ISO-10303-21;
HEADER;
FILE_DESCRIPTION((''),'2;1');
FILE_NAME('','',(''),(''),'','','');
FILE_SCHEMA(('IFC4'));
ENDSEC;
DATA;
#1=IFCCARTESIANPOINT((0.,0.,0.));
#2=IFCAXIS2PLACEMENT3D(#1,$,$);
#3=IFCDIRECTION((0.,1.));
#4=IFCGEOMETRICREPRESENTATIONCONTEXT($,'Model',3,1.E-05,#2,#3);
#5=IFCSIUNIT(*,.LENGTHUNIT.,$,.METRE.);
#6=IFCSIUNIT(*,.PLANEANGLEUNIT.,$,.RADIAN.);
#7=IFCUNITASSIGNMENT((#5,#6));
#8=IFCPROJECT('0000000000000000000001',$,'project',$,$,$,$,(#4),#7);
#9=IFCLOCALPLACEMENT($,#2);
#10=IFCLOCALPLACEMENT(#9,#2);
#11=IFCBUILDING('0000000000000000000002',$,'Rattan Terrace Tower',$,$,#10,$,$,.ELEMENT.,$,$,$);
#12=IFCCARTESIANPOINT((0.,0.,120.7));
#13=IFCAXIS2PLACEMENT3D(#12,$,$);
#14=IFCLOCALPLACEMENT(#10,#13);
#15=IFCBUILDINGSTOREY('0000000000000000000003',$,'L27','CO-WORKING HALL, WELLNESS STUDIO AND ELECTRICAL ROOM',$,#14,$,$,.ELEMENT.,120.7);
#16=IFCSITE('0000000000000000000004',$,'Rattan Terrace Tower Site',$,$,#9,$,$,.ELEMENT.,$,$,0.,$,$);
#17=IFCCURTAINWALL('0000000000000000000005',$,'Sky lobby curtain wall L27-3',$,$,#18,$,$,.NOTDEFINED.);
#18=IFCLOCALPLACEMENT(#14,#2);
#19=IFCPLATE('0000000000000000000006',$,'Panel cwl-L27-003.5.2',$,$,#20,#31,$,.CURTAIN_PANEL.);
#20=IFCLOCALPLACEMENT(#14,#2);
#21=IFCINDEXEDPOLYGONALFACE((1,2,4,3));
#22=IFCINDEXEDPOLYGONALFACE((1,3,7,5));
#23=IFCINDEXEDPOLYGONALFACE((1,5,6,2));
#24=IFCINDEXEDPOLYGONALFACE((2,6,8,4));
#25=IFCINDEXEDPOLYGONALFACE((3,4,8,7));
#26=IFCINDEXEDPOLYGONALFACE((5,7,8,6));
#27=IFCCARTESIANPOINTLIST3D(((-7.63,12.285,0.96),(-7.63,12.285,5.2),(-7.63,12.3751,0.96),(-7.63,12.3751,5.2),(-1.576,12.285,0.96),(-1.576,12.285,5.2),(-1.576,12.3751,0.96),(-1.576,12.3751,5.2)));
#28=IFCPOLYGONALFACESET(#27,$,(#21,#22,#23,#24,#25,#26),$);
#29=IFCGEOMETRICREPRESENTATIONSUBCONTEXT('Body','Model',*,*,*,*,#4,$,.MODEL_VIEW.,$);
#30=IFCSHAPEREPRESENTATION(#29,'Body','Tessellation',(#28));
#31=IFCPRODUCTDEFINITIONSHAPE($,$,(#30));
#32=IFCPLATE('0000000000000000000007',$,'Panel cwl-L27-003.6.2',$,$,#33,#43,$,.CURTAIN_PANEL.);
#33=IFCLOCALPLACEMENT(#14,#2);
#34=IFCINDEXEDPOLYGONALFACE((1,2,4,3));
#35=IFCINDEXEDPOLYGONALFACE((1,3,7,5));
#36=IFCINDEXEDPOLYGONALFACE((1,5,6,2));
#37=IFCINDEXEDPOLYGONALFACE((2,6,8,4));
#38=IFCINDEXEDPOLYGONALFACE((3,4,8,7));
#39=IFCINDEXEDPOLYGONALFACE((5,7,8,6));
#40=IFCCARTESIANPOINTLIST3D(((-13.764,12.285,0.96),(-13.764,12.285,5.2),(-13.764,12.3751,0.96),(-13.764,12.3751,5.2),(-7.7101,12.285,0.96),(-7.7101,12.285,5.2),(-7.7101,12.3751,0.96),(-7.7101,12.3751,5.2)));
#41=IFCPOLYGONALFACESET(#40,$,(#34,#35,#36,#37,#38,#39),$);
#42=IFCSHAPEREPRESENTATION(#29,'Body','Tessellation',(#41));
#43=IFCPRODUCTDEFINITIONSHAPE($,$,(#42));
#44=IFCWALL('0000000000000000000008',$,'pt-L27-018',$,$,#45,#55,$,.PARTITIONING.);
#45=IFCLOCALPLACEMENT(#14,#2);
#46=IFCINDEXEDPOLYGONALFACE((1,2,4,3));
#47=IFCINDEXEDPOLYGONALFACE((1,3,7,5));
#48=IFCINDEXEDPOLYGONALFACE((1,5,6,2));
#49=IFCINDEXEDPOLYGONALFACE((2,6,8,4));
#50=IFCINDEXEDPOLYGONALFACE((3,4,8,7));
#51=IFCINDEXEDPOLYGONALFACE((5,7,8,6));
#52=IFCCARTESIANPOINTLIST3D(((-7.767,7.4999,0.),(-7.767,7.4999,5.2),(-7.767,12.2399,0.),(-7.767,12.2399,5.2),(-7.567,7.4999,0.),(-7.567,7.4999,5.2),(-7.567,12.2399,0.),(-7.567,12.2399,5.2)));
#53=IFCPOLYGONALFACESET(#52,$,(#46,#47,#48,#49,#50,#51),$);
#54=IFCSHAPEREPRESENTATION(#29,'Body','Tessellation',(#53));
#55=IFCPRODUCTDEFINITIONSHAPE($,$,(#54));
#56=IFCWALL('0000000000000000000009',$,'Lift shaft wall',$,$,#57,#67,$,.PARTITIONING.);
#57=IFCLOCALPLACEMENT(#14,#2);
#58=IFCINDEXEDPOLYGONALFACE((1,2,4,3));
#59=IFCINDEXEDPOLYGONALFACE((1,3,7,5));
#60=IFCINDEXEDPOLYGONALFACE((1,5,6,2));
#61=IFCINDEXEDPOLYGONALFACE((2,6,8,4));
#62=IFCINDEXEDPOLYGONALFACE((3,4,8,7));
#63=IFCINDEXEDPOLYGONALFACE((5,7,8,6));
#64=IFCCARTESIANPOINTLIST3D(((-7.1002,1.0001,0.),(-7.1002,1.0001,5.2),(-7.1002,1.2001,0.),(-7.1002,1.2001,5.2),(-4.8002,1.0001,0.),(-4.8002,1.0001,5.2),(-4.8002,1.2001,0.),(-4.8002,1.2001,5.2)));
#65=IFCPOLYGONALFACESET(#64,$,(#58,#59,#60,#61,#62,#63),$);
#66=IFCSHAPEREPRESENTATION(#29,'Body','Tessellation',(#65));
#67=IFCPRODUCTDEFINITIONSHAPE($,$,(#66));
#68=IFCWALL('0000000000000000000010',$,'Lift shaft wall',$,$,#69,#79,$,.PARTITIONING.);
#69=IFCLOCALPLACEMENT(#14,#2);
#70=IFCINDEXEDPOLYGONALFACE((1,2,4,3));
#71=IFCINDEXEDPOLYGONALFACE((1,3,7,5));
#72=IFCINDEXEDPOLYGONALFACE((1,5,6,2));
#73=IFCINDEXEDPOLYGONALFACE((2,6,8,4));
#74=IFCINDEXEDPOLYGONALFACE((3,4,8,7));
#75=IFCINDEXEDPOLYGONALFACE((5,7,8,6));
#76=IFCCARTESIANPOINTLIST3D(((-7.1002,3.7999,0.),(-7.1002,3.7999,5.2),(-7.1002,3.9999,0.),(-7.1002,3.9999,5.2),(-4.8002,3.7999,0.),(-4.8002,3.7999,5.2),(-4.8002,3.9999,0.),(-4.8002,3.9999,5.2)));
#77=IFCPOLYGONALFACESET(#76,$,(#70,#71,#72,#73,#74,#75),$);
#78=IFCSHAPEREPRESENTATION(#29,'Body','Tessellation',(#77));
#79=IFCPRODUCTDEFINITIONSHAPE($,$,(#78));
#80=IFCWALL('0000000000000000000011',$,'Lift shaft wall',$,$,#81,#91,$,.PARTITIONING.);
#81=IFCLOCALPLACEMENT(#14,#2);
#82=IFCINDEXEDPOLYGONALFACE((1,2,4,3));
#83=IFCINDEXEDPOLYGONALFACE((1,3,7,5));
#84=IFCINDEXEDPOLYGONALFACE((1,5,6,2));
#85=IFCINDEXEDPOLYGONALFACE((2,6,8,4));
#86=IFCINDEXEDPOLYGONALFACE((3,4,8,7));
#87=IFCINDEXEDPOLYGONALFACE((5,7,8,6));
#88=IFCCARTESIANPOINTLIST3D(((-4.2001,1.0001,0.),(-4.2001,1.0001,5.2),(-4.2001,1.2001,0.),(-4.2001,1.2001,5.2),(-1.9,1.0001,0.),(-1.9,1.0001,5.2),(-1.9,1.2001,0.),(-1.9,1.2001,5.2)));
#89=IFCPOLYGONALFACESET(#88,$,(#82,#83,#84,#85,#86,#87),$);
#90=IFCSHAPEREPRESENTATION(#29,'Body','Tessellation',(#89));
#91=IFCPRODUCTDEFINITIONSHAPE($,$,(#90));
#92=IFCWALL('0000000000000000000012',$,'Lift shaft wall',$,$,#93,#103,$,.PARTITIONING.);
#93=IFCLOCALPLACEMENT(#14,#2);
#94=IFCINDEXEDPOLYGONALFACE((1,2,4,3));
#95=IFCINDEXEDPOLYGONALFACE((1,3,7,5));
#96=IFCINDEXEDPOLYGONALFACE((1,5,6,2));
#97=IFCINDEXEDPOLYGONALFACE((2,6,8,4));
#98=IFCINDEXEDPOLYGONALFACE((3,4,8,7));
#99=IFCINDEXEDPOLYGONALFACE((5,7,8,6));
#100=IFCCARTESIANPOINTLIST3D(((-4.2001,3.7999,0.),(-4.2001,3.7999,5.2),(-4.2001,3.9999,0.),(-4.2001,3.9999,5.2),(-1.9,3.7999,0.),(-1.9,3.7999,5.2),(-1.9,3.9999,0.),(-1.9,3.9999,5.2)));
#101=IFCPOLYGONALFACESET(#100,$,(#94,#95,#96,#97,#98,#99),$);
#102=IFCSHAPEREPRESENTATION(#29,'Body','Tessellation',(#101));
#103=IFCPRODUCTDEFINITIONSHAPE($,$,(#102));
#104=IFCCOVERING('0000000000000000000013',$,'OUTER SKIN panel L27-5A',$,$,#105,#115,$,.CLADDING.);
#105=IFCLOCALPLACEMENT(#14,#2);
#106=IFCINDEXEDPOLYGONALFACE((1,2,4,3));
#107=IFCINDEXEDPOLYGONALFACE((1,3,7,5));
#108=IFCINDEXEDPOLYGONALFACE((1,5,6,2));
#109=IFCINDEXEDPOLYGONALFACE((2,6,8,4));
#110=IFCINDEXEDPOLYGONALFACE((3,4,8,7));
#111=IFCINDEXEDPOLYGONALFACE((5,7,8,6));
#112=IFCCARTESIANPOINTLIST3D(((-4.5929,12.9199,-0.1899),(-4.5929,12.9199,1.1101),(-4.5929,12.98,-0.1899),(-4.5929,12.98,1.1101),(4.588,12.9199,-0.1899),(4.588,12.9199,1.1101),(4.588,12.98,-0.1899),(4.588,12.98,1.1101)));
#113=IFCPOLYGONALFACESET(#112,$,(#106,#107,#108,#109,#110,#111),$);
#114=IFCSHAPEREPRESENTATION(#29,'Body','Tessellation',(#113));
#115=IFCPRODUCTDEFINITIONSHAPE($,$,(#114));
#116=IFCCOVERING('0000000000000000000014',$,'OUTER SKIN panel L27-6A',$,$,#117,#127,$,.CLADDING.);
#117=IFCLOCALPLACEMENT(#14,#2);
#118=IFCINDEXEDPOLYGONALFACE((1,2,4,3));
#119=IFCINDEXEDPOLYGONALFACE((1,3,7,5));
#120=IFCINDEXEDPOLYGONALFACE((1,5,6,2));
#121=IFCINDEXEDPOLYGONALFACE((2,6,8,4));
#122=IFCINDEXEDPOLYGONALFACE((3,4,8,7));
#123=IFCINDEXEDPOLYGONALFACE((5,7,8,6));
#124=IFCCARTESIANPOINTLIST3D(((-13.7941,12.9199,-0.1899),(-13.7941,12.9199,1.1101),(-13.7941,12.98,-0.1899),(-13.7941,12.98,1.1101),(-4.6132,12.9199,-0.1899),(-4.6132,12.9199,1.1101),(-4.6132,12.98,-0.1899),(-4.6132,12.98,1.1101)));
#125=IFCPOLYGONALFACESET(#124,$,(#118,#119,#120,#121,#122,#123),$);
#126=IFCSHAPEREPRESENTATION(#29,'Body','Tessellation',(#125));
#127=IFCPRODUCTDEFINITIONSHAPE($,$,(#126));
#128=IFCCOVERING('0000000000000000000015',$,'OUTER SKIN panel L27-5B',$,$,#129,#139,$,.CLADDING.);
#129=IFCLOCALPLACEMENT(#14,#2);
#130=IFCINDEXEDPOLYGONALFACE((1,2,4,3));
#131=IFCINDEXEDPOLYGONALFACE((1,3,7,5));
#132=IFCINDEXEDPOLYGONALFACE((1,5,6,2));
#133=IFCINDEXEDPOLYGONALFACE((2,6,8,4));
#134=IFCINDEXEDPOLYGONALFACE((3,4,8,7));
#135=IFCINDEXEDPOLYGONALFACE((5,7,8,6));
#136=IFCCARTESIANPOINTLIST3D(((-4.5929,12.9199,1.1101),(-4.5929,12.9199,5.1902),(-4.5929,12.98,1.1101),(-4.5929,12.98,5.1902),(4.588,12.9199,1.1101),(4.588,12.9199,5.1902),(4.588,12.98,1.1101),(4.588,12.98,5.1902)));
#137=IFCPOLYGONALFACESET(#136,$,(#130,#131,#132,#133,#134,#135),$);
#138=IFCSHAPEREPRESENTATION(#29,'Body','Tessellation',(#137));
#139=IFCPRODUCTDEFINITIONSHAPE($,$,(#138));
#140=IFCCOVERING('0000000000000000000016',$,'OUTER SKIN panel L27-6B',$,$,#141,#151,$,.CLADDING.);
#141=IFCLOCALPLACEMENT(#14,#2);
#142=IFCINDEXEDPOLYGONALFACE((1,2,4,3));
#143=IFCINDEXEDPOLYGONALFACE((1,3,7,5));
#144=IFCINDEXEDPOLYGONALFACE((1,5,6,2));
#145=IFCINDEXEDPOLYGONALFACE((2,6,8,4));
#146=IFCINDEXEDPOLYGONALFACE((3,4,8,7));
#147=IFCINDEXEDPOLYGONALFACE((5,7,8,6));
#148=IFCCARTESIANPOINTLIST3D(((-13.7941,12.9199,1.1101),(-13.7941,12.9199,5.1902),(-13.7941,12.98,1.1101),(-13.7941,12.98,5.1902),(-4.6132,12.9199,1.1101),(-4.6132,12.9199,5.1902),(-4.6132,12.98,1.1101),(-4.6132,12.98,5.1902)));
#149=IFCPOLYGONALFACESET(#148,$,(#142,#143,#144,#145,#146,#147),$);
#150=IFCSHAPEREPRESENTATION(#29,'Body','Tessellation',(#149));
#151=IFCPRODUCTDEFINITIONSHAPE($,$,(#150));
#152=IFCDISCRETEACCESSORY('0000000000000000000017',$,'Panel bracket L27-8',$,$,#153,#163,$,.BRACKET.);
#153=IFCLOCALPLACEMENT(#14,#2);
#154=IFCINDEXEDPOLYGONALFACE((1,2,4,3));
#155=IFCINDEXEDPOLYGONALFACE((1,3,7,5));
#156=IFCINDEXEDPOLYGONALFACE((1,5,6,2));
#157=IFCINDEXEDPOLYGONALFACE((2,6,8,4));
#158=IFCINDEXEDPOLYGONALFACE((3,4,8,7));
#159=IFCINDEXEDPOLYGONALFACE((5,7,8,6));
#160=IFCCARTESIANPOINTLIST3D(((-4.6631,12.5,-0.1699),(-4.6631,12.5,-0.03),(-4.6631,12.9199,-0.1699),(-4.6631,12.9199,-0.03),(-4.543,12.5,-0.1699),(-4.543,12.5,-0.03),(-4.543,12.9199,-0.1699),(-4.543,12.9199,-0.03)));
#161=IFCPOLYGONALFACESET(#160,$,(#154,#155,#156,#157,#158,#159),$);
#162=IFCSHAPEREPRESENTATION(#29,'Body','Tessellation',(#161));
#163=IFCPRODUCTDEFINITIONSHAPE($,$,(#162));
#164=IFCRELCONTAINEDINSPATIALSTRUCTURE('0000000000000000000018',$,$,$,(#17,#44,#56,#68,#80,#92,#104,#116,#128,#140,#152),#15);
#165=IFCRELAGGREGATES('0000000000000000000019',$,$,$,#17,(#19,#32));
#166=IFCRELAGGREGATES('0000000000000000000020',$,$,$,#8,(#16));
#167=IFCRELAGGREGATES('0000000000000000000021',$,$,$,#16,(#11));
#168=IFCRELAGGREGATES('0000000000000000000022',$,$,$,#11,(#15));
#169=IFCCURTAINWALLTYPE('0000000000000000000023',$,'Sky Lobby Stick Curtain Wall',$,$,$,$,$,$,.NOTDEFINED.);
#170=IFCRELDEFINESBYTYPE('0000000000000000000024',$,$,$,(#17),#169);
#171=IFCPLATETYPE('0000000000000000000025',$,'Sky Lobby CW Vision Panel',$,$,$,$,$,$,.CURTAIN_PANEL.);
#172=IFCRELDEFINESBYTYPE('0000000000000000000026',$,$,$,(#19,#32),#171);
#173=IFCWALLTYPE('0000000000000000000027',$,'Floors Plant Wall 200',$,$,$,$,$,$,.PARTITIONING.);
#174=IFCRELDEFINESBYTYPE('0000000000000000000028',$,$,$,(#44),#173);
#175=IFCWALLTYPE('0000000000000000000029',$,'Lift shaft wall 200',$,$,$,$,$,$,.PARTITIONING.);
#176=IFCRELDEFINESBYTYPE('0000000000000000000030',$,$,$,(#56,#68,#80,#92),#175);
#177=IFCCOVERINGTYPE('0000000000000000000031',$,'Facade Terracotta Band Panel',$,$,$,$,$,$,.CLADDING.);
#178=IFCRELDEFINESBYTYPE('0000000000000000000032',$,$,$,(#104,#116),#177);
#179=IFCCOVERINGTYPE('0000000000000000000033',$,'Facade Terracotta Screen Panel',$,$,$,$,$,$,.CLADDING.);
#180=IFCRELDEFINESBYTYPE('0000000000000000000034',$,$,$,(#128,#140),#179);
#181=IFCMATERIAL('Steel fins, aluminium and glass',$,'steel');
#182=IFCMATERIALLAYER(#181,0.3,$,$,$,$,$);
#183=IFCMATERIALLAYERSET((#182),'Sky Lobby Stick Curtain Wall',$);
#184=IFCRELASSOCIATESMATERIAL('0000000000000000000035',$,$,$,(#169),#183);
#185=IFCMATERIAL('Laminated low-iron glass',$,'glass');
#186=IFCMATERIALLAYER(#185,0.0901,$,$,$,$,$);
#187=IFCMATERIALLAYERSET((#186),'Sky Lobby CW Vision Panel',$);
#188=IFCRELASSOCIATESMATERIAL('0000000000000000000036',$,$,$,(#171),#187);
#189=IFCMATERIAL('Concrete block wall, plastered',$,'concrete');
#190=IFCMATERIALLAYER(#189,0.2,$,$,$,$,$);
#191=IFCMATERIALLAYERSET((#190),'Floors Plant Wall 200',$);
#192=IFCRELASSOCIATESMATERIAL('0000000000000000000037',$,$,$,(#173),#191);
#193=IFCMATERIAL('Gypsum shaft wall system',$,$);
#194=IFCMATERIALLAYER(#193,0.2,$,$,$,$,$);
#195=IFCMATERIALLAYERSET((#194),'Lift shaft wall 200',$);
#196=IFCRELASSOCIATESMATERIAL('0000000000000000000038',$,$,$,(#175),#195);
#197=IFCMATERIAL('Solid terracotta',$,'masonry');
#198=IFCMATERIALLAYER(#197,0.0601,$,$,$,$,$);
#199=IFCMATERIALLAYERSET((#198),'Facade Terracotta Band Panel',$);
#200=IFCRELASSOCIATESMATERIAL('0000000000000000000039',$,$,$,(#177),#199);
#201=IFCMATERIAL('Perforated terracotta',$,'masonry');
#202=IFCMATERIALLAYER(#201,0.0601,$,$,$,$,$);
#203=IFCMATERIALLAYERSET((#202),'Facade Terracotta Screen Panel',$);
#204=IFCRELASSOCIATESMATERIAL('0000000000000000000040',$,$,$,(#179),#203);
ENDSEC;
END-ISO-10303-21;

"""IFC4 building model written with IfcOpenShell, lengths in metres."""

from ifc_helpers import new_model, si_unit, direction, frame, frame_2d, origin, origin_2d, place, context, subcontext, project, spatial, rectangle, extrude, material, layer, layer_set, type_object, element, aggregate, save


model = new_model("IFC4")

# Units and contexts
model_context = context("Model", 3, precision=1e-05, world=origin(), true_north=direction((0.0, 1.0)))
body_context = subcontext(model_context, "Body", "Model", "MODEL_VIEW")
ifc_project = project(units=[si_unit("LENGTHUNIT", "METRE"), si_unit("PLANEANGLEUNIT", "RADIAN")], contexts=[model_context])

# Site, building, storey
site_placement = place(None, origin())
site = spatial("IfcSite", under=ifc_project, at=site_placement, Name="Rattan Terrace Tower Site", CompositionType="ELEMENT", RefElevation=0.0)
building_placement = place(site_placement, origin())
building = spatial("IfcBuilding", under=site, at=building_placement, Name="Rattan Terrace Tower", CompositionType="ELEMENT")
storey_placement = place(building_placement, frame((0.0, 0.0, 120.7)))
storey = spatial("IfcBuildingStorey", under=building, at=storey_placement, Name="L27", Description="CO-WORKING HALL, WELLNESS STUDIO AND ELECTRICAL ROOM", CompositionType="ELEMENT", Elevation=120.7)

# Curtain wall
ifc_material_1 = material(Name="Steel fins, aluminium and glass", Category="steel")
ifc_layer_1 = layer(ifc_material_1, 0.3)
ifc_layer_set_1 = layer_set([ifc_layer_1], Name="Sky Lobby Stick Curtain Wall")
curtain_wall_type = type_object("IfcCurtainWallType", Name="Sky Lobby Stick Curtain Wall", PredefinedType="NOTDEFINED", material=ifc_layer_set_1)
curtain_wall_placement = place(storey_placement, origin())
curtain_wall = element("IfcCurtainWall", 1, at=curtain_wall_placement, inside=storey, type_object=curtain_wall_type, Name="Sky lobby curtain wall L27-3", PredefinedType="NOTDEFINED")

# Plates
ifc_material_2 = material(Name="Laminated low-iron glass", Category="glass")
ifc_layer_2 = layer(ifc_material_2, 0.0901)
ifc_layer_set_2 = layer_set([ifc_layer_2], Name="Sky Lobby CW Vision Panel")
plate_type_1 = type_object("IfcPlateType", Name="Sky Lobby CW Vision Panel", PredefinedType="CURTAIN_PANEL", material=ifc_layer_set_2)
plate_1_placement = place(storey_placement, frame((-4.603, 12.3301, 0.96), z_axis=(0.0, 0.0, 1.0), x_axis=(-1.0, 0.0, 0.0)))
plate_1 = element("IfcPlate", 2, at=plate_1_placement, type_object=plate_type_1, Name="Panel cwl-L27-003.5.2", PredefinedType="CURTAIN_PANEL", context=body_context, shape_type="SweptSolid", body=[
    extrude(rectangle(XDim=6.054, YDim=0.0901, at=origin_2d()), origin(), (0.0, 0.0, 1.0), 4.24),
])
plate_2_placement = place(storey_placement, frame((-10.7371, 12.3301, 0.96), z_axis=(0.0, 0.0, 1.0), x_axis=(-1.0, 0.0, 0.0)))
plate_2 = element("IfcPlate", 3, at=plate_2_placement, type_object=plate_type_1, Name="Panel cwl-L27-003.6.2", PredefinedType="CURTAIN_PANEL", context=body_context, shape_type="SweptSolid", body=[
    extrude(rectangle(XDim=6.054, YDim=0.0901, at=origin_2d()), origin(), (0.0, 0.0, 1.0), 4.24),
])
aggregate(curtain_wall, [plate_1, plate_2])

# Walls
ifc_material_3 = material(Name="Concrete block wall, plastered", Category="concrete")
ifc_layer_3 = layer(ifc_material_3, 0.2)
ifc_layer_set_3 = layer_set([ifc_layer_3], Name="Floors Plant Wall 200")
wall_type_1 = type_object("IfcWallType", Name="Floors Plant Wall 200", PredefinedType="PARTITIONING", material=ifc_layer_set_3)
wall_placement = place(storey_placement, frame((-7.667, 12.24, 0.0), z_axis=(0.0, 0.0, 1.0), x_axis=(0.0, -1.0, 0.0)))
element("IfcWall", 4, at=wall_placement, inside=storey, type_object=wall_type_1, Name="pt-L27-018", PredefinedType="PARTITIONING", context=body_context, shape_type="SweptSolid", body=[
    extrude(rectangle(XDim=4.74, YDim=0.2, at=frame_2d((2.3701, 0.0))), origin(), (0.0, 0.0, 1.0), 5.2),
])
ifc_material_4 = material(Name="Gypsum shaft wall system")
ifc_layer_4 = layer(ifc_material_4, 0.2)
ifc_layer_set_4 = layer_set([ifc_layer_4], Name="Lift shaft wall 200")
wall_type_2 = type_object("IfcWallType", Name="Lift shaft wall 200", PredefinedType="PARTITIONING", material=ifc_layer_set_4)
for number, where, z_axis, x_axis, name in (
    (5, (-7.1001, 1.1001, 0.0), (0.0, 0.0, 1.0), (1.0, 0.0, 0.0), "Lift shaft wall"),
    (6, (-7.1001, 3.8999, 0.0), (0.0, 0.0, 1.0), (1.0, 0.0, 0.0), "Lift shaft wall"),
    (7, (-4.2, 1.1001, 0.0), (0.0, 0.0, 1.0), (1.0, 0.0, 0.0), "Lift shaft wall"),
    (8, (-4.2, 3.8999, 0.0), (0.0, 0.0, 1.0), (1.0, 0.0, 0.0), "Lift shaft wall"),
):
    element("IfcWall", number, at=place(storey_placement, frame(where, z_axis=z_axis, x_axis=x_axis)), inside=storey, type_object=wall_type_2, Name=name, PredefinedType="PARTITIONING", context=body_context, shape_type="SweptSolid", body=[
        extrude(rectangle(XDim=2.3, YDim=0.2, at=frame_2d((1.1499, 0.0))), origin(), (0.0, 0.0, 1.0), 5.2),
    ])

# Coverings
ifc_material_5 = material(Name="Solid terracotta", Category="masonry")
ifc_layer_5 = layer(ifc_material_5, 0.0601)
ifc_layer_set_5 = layer_set([ifc_layer_5], Name="Facade Terracotta Band Panel")
covering_type_1 = type_object("IfcCoveringType", Name="Facade Terracotta Band Panel", PredefinedType="CLADDING", material=ifc_layer_set_5)
for number, where, z_axis, x_axis, name in (
    (9, (-0.0024, 12.95, -0.1899), (0.0, 0.0, 1.0), (-1.0, 0.0, 0.0), "OUTER SKIN panel L27-5A"),
    (10, (-9.2036, 12.95, -0.1899), (0.0, 0.0, 1.0), (-1.0, 0.0, 0.0), "OUTER SKIN panel L27-6A"),
):
    element("IfcCovering", number, at=place(storey_placement, frame(where, z_axis=z_axis, x_axis=x_axis)), inside=storey, type_object=covering_type_1, Name=name, PredefinedType="CLADDING", context=body_context, shape_type="SweptSolid", body=[
        extrude(rectangle(XDim=9.1809, YDim=0.0601, at=origin_2d()), origin(), (0.0, 0.0, 1.0), 1.3),
    ])
ifc_material_6 = material(Name="Perforated terracotta", Category="masonry")
ifc_layer_6 = layer(ifc_material_6, 0.0601)
ifc_layer_set_6 = layer_set([ifc_layer_6], Name="Facade Terracotta Screen Panel")
covering_type_2 = type_object("IfcCoveringType", Name="Facade Terracotta Screen Panel", PredefinedType="CLADDING", material=ifc_layer_set_6)
for number, where, z_axis, x_axis, name in (
    (11, (-0.0024, 12.95, 1.1101), (0.0, 0.0, 1.0), (-1.0, 0.0, 0.0), "OUTER SKIN panel L27-5B"),
    (12, (-9.2036, 12.95, 1.1101), (0.0, 0.0, 1.0), (-1.0, 0.0, 0.0), "OUTER SKIN panel L27-6B"),
):
    element("IfcCovering", number, at=place(storey_placement, frame(where, z_axis=z_axis, x_axis=x_axis)), inside=storey, type_object=covering_type_2, Name=name, PredefinedType="CLADDING", context=body_context, shape_type="SweptSolid", body=[
        extrude(rectangle(XDim=9.1809, YDim=0.0601, at=origin_2d()), origin(), (0.0, 0.0, 1.0), 4.0801),
    ])

# Discrete accessory
discrete_accessory_placement = place(storey_placement, frame((-4.603, 12.71, -0.1699), z_axis=(0.0, 0.0, 1.0), x_axis=(-1.0, 0.0, 0.0)))
element("IfcDiscreteAccessory", 13, at=discrete_accessory_placement, inside=storey, Name="Panel bracket L27-8", PredefinedType="BRACKET", context=body_context, shape_type="SweptSolid", body=[
    extrude(rectangle(XDim=0.1201, YDim=0.4199, at=origin_2d()), origin(), (0.0, 0.0, 1.0), 0.1399),
])

save(model, "model.ifc")
